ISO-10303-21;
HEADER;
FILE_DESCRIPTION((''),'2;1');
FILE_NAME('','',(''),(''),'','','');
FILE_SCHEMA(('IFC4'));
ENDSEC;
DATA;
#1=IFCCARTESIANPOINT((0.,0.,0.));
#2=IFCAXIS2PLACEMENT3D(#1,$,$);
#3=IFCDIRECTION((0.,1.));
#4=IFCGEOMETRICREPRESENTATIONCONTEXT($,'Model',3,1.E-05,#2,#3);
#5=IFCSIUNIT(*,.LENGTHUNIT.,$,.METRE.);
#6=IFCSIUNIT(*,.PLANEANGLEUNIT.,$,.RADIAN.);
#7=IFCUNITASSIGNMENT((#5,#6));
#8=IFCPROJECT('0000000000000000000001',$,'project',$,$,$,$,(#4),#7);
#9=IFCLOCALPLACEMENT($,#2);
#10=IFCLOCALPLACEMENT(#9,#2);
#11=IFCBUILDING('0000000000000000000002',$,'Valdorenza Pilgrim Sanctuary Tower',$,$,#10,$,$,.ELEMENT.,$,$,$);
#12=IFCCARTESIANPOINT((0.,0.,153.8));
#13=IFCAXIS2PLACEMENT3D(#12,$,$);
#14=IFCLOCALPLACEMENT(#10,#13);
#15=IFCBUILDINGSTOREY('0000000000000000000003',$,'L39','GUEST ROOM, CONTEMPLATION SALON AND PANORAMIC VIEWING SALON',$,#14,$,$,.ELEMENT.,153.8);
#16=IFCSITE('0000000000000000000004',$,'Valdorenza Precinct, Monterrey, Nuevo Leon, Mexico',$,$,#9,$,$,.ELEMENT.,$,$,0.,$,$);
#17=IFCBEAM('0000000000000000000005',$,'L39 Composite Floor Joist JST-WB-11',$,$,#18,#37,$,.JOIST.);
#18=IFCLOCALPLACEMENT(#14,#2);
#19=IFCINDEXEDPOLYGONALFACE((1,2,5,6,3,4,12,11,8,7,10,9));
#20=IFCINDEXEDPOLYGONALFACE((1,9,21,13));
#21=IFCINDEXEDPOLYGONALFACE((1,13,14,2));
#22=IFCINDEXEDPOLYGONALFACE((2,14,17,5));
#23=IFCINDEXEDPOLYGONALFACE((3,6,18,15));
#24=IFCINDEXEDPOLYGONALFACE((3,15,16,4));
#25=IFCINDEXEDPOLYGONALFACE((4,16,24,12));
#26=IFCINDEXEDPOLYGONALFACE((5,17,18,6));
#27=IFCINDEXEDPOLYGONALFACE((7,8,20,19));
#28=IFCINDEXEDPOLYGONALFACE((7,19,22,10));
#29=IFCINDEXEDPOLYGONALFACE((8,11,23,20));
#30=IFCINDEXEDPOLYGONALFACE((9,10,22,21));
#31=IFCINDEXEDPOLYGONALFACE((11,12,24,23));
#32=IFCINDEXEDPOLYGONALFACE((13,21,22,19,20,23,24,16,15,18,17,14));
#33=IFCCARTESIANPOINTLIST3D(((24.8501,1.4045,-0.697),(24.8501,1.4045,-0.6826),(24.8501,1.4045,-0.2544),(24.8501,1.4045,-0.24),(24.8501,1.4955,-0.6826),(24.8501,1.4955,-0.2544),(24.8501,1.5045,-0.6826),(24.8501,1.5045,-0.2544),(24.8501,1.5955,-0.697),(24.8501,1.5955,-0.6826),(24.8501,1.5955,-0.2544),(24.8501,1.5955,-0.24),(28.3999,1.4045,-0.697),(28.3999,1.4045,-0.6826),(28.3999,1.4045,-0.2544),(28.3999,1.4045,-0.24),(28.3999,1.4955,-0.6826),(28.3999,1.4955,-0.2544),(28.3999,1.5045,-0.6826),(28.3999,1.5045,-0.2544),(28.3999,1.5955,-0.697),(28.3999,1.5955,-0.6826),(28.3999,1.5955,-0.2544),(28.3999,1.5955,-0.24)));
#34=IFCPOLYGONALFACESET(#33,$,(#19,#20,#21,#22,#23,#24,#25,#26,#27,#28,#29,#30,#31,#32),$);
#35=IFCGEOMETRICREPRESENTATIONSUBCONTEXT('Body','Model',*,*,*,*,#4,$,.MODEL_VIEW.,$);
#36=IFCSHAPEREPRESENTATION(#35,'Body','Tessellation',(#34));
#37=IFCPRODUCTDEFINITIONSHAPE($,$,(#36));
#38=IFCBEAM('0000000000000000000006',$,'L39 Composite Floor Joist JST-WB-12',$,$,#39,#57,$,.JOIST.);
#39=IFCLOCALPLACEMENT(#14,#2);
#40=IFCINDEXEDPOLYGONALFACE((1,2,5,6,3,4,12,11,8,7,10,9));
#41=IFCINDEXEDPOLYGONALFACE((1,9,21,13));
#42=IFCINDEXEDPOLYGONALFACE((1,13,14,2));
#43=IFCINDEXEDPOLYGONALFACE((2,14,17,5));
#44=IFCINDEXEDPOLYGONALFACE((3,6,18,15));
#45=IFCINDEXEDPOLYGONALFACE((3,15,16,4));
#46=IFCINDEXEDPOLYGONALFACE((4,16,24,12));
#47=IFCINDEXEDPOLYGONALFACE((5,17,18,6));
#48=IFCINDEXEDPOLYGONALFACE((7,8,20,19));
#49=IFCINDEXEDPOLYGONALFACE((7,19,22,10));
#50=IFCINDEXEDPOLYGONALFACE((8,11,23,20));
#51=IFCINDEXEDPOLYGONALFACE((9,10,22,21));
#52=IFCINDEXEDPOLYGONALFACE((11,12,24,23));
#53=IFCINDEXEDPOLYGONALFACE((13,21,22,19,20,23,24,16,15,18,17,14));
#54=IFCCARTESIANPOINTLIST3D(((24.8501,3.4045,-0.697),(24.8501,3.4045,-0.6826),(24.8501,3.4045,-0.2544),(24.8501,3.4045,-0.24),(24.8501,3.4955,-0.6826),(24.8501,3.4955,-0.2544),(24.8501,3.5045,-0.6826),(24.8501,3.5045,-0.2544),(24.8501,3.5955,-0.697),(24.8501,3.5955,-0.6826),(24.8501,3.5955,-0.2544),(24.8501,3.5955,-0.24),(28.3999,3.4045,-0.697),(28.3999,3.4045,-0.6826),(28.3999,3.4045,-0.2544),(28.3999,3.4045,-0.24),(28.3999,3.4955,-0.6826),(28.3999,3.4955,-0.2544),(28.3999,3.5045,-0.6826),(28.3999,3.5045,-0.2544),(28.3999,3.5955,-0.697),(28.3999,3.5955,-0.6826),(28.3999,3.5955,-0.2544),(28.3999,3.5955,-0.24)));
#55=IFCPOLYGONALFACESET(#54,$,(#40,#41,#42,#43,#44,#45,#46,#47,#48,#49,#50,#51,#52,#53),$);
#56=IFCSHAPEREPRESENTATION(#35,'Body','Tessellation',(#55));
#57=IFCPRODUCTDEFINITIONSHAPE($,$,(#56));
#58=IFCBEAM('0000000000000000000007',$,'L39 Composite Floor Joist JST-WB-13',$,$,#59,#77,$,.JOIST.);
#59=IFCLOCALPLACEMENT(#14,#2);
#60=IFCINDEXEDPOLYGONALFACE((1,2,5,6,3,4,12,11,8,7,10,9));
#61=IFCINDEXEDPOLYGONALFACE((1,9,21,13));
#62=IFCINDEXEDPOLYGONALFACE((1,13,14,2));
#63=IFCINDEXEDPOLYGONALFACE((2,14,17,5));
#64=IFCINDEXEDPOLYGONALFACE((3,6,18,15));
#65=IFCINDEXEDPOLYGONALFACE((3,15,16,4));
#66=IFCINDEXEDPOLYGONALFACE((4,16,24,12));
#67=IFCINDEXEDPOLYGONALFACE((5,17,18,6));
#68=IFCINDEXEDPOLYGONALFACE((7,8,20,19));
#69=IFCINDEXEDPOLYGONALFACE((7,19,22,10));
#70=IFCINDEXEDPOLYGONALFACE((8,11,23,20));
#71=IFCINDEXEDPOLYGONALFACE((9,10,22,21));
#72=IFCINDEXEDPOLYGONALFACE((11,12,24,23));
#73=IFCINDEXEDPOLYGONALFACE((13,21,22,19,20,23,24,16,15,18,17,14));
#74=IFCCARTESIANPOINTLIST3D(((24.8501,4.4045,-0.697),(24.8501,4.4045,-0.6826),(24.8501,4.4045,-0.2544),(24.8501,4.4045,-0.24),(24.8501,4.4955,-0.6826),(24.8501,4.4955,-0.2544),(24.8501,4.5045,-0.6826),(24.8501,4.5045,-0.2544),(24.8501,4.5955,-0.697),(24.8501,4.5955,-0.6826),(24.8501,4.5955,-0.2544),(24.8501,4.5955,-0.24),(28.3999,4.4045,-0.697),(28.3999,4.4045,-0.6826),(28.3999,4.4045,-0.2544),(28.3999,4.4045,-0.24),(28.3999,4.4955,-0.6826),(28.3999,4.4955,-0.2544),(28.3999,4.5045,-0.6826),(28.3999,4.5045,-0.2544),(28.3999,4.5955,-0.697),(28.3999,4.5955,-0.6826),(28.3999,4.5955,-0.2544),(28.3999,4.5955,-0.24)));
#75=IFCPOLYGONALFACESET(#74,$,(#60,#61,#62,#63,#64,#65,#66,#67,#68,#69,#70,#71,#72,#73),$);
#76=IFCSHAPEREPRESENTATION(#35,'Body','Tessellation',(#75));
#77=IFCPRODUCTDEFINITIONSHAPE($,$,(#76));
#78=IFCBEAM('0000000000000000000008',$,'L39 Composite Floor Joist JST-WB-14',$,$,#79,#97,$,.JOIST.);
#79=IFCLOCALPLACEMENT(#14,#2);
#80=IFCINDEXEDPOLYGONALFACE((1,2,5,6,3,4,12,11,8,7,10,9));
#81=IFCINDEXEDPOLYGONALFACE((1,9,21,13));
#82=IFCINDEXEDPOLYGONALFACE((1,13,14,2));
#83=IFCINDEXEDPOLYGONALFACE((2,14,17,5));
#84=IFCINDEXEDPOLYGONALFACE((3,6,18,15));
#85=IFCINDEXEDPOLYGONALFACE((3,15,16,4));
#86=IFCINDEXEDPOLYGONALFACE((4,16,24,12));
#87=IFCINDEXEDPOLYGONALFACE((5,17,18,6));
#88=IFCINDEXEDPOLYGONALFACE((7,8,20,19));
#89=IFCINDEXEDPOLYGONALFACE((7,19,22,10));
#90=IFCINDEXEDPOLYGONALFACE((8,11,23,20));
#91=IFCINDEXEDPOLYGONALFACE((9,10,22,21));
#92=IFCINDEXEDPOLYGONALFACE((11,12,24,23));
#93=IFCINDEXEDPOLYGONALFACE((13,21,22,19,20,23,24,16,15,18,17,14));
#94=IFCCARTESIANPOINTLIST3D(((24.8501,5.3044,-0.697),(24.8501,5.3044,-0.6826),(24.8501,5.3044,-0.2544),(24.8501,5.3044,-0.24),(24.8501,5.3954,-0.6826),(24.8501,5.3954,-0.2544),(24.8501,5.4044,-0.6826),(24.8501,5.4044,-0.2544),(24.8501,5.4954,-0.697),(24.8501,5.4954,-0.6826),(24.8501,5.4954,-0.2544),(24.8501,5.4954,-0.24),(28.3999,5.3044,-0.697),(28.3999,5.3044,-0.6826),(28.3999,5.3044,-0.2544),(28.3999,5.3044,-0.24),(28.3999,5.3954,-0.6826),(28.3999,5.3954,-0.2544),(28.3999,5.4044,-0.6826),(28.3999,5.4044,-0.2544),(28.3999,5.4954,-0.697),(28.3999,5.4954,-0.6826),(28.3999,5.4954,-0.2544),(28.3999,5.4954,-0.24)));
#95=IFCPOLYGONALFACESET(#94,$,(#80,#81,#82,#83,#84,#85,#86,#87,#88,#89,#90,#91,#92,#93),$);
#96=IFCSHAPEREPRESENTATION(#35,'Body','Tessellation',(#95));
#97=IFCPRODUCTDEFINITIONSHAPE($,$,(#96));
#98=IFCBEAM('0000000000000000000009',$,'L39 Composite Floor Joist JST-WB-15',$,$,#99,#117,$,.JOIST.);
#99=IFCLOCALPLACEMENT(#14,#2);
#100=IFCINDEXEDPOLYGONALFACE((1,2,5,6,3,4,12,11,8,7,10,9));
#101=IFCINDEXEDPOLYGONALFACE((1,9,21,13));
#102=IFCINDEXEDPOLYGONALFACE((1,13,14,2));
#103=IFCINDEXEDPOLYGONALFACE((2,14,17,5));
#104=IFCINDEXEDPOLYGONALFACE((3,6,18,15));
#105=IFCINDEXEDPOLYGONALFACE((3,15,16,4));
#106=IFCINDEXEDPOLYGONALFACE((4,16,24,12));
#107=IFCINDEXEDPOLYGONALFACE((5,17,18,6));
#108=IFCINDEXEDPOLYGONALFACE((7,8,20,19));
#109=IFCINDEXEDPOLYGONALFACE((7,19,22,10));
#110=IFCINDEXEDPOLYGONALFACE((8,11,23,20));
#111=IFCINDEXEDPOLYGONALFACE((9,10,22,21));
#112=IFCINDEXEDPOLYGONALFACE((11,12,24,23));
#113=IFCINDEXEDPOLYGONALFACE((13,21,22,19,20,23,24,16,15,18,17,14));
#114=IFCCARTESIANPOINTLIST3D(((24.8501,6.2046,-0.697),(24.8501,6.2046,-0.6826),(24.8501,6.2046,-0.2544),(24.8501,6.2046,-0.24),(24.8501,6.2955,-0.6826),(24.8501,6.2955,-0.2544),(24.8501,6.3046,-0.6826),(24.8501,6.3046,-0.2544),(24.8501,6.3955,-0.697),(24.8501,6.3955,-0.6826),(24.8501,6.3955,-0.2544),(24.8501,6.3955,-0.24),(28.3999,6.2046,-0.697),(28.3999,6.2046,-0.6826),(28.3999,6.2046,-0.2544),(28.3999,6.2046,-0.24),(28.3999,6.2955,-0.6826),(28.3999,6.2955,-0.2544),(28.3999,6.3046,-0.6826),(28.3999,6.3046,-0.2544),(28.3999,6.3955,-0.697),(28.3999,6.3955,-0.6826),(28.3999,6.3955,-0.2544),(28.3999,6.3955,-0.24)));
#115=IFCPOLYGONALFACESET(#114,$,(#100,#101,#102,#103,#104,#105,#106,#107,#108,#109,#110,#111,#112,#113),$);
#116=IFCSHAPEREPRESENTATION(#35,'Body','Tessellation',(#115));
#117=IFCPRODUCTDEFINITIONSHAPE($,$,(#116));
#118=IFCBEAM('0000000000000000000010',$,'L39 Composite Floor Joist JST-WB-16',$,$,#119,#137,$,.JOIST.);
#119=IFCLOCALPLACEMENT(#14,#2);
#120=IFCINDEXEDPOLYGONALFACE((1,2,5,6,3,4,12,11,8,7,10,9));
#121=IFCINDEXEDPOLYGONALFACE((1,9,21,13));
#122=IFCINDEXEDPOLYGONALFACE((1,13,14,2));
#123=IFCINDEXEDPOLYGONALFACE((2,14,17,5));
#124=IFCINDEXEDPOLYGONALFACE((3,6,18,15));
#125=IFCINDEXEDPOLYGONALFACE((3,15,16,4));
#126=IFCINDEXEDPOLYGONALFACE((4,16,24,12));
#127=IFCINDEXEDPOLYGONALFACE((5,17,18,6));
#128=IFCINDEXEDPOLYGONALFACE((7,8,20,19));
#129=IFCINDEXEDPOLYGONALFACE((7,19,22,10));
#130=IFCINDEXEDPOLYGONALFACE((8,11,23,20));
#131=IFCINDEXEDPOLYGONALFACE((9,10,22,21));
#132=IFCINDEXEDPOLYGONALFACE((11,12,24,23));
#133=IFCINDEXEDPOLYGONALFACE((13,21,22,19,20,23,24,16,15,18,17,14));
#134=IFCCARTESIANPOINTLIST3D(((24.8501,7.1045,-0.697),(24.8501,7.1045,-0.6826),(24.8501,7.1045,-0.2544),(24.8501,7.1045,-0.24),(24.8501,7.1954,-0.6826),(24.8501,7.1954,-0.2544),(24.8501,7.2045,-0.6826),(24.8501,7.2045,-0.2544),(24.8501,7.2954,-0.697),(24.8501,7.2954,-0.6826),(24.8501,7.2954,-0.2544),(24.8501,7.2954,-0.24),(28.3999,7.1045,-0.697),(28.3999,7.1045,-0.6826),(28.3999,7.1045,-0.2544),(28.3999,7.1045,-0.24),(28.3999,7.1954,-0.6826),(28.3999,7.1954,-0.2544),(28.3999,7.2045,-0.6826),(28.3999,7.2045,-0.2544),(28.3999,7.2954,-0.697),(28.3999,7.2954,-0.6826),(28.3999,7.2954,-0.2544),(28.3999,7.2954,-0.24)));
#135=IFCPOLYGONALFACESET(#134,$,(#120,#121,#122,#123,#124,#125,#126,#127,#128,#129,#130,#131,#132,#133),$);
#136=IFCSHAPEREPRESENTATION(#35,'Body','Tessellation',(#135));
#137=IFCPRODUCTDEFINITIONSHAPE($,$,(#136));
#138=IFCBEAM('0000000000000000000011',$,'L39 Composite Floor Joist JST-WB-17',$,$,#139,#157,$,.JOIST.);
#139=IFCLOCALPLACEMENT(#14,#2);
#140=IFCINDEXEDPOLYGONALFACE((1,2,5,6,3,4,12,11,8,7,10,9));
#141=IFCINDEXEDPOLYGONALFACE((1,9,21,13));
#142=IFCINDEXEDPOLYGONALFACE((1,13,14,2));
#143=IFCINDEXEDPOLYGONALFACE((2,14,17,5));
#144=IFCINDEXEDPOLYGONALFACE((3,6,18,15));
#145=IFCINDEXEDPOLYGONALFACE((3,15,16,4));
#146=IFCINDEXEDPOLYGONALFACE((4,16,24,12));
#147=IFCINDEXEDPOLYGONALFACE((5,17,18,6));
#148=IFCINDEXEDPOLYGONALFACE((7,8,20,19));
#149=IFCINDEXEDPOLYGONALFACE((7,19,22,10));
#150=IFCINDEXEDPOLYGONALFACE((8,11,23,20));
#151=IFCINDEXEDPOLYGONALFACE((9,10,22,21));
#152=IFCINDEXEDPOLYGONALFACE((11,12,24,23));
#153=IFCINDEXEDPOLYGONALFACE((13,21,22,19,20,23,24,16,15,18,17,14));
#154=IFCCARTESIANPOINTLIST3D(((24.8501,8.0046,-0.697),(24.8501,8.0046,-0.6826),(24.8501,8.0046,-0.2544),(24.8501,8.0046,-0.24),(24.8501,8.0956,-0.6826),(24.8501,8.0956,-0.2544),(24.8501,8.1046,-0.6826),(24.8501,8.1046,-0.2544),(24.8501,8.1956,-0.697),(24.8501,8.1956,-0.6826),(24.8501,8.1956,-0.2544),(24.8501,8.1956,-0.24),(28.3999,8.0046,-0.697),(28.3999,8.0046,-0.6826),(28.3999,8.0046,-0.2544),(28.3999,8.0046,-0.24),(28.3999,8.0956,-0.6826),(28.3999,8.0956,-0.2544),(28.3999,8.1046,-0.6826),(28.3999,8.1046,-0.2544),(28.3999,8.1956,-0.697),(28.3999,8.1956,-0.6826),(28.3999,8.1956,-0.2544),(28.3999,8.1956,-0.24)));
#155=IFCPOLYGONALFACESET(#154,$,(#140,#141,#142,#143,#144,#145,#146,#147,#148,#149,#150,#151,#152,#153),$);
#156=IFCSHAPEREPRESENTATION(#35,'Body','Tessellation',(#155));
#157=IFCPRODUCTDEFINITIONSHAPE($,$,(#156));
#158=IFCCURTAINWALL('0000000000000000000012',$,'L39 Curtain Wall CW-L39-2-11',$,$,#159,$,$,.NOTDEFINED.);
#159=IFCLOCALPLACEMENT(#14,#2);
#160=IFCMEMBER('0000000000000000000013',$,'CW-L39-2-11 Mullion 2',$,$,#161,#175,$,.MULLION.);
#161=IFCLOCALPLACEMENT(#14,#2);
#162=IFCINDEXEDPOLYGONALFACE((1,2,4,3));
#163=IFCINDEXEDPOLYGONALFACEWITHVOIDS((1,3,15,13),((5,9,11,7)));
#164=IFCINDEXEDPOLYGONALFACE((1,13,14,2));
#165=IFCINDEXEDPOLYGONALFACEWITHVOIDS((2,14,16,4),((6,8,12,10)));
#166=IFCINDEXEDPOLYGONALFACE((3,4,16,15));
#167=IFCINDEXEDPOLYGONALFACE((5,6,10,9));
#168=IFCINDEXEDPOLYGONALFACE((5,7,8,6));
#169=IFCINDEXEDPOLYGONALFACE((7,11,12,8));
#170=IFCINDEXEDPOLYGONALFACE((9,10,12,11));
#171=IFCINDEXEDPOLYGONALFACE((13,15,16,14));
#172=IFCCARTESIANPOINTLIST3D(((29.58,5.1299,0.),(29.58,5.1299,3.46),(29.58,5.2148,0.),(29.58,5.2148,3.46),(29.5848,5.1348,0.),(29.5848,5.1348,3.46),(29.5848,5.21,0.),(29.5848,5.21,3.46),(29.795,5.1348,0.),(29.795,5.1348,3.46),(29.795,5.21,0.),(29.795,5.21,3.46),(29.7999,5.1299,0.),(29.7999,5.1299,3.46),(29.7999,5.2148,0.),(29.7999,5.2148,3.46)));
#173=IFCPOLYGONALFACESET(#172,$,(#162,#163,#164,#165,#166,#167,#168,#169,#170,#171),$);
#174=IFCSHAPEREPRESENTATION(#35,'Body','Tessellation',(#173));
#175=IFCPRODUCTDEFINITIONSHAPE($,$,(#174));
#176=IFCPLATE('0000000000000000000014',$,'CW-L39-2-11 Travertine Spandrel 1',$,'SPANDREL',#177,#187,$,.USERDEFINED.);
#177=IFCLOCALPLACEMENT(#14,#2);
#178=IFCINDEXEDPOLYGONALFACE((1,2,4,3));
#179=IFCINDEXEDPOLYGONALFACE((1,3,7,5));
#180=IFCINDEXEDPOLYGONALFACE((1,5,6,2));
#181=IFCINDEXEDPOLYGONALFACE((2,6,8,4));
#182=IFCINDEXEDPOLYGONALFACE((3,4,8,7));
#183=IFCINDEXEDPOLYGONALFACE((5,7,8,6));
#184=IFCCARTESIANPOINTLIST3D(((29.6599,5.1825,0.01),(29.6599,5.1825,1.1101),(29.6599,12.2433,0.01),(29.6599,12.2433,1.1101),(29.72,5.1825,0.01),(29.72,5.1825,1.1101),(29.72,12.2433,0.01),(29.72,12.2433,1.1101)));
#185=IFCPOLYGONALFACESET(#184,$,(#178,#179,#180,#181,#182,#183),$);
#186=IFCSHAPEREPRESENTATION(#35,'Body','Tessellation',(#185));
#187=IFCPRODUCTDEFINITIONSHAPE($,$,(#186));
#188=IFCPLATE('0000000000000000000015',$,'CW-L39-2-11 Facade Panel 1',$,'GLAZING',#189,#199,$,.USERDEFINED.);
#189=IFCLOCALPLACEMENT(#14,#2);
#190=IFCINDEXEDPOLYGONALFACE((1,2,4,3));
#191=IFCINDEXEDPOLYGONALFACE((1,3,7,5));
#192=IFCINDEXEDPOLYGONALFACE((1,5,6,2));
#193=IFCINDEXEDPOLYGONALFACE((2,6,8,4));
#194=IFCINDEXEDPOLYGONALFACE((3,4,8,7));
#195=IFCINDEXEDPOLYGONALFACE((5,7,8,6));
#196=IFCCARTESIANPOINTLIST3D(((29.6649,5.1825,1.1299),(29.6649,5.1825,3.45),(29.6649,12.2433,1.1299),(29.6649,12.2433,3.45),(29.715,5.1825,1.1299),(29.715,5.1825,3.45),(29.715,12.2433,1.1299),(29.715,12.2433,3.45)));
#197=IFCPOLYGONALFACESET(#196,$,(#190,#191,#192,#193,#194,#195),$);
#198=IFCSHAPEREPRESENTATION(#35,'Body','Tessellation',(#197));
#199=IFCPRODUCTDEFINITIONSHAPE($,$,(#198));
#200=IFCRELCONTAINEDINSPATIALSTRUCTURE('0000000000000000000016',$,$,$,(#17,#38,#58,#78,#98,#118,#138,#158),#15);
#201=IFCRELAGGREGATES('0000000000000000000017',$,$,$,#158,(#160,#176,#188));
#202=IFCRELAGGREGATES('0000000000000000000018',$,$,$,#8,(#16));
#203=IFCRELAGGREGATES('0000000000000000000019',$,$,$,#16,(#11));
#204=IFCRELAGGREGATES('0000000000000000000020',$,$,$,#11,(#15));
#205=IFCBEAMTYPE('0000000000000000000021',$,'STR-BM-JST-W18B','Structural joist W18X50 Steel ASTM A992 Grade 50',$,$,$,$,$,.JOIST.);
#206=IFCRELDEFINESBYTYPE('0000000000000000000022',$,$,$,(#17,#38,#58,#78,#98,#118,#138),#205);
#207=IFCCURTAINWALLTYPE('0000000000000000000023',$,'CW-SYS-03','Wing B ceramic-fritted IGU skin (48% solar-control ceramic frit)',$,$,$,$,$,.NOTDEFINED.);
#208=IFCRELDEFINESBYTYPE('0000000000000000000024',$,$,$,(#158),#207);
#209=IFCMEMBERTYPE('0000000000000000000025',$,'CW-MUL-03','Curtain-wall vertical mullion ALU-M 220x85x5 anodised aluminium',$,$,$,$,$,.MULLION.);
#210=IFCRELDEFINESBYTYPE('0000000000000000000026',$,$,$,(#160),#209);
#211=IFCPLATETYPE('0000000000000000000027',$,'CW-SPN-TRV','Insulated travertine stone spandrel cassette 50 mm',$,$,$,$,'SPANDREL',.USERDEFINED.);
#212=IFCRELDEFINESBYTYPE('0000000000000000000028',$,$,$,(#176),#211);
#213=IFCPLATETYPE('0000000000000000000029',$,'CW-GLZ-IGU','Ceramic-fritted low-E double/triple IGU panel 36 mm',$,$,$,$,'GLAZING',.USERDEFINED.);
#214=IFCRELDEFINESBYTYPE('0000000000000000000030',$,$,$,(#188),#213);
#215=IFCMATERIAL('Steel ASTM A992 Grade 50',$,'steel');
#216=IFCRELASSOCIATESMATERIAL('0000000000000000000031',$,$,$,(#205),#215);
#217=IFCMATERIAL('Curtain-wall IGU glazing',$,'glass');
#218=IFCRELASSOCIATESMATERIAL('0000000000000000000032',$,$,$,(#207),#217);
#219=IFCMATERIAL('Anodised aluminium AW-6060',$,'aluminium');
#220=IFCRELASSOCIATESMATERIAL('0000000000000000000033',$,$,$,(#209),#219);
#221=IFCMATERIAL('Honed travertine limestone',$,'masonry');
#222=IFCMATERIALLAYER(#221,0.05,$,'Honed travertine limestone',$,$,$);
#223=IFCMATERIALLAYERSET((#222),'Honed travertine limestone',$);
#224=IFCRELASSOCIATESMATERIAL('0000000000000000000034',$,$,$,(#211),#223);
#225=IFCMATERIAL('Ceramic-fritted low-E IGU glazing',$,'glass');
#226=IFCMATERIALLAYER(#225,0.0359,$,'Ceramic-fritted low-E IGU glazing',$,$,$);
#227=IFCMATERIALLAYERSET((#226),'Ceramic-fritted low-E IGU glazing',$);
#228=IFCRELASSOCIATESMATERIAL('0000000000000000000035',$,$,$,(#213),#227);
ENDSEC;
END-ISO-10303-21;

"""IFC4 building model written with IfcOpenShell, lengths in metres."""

from ifc_helpers import new_model, si_unit, direction, frame, origin, origin_2d, place, context, subcontext, project, spatial, rectangle, hollow_rectangle, i_section, extrude, source, transform, mapped, material, layer, layer_set, material_profile, profile_set, type_object, element, aggregate, save


model = new_model("IFC4")

# Units and contexts
model_context = context("Model", 3, precision=1e-05, world=origin(), true_north=direction((0.0, 1.0)))
body_context = subcontext(model_context, "Body", "Model", "MODEL_VIEW")
ifc_project = project(units=[si_unit("LENGTHUNIT", "METRE"), si_unit("PLANEANGLEUNIT", "RADIAN")], contexts=[model_context])

# Site, building, storey
site_placement = place(None, origin())
site = spatial("IfcSite", under=ifc_project, at=site_placement, Name="Valdorenza Precinct, Monterrey, Nuevo Leon, Mexico", CompositionType="ELEMENT", RefElevation=0.0)
building_placement = place(site_placement, origin())
building = spatial("IfcBuilding", under=site, at=building_placement, Name="Valdorenza Pilgrim Sanctuary Tower", CompositionType="ELEMENT")
storey_placement = place(building_placement, frame((0.0, 0.0, 153.8)))
storey = spatial("IfcBuildingStorey", under=building, at=storey_placement, Name="L39", Description="GUEST ROOM, CONTEMPLATION SALON AND PANORAMIC VIEWING SALON", CompositionType="ELEMENT", Elevation=153.8)

# Beams
ifc_material_1 = material(Name="Steel ASTM A992 Grade 50", Category="steel")
ifc_material_profile_1 = material_profile(ifc_material_1, i_section(OverallWidth=0.1909, OverallDepth=0.457, WebThickness=0.009, FlangeThickness=0.0144, at=origin_2d()), Name="W18X50")
ifc_profile_set_1 = profile_set([ifc_material_profile_1], Name="Steel ASTM A992 Grade 50")
beam_type = type_object("IfcBeamType", Name="STR-BM-JST-W18B", Description="Structural joist W18X50 Steel ASTM A992 Grade 50", PredefinedType="JOIST", material=ifc_profile_set_1)
shared_shape_1 = source(origin(), body_context, "Body", "SweptSolid", [
    extrude(i_section(OverallWidth=0.1909, OverallDepth=0.457, WebThickness=0.009, FlangeThickness=0.0144, at=origin_2d()), origin(), (0.0, 0.0, 1.0), 3.5498),
])
for number, where, z_axis, x_axis, name in (
    (1, (24.8501, 1.5, -0.4685), (1.0, 0.0, 0.0), (0.0, 1.0, 0.0), "L39 Composite Floor Joist JST-WB-11"),
    (2, (24.8501, 3.5, -0.4685), (1.0, 0.0, 0.0), (0.0, 1.0, 0.0), "L39 Composite Floor Joist JST-WB-12"),
    (3, (24.8501, 4.5, -0.4685), (1.0, 0.0, 0.0), (0.0, 1.0, 0.0), "L39 Composite Floor Joist JST-WB-13"),
    (4, (24.8501, 5.3999, -0.4685), (1.0, 0.0, 0.0), (0.0, 1.0, 0.0), "L39 Composite Floor Joist JST-WB-14"),
    (5, (24.8501, 6.3, -0.4685), (1.0, 0.0, 0.0), (0.0, 1.0, 0.0), "L39 Composite Floor Joist JST-WB-15"),
    (6, (24.8501, 7.2, -0.4685), (1.0, 0.0, 0.0), (0.0, 1.0, 0.0), "L39 Composite Floor Joist JST-WB-16"),
    (7, (24.8501, 8.1001, -0.4685), (1.0, 0.0, 0.0), (0.0, 1.0, 0.0), "L39 Composite Floor Joist JST-WB-17"),
):
    element("IfcBeam", number, at=place(storey_placement, frame(where, z_axis=z_axis, x_axis=x_axis)), inside=storey, type_object=beam_type, Name=name, PredefinedType="JOIST", context=body_context, shape_type="MappedRepresentation", body=[
        mapped(shared_shape_1, transform((0.0, 0.0, 0.0), x_axis=(1.0, 0.0, 0.0), y_axis=(0.0, 1.0, 0.0), z_axis=(0.0, 0.0, 1.0), scale=1.0)),
    ])

# Curtain wall, member, plates
ifc_material_2 = material(Name="Curtain-wall IGU glazing", Category="glass")
curtain_wall_type = type_object("IfcCurtainWallType", Name="CW-SYS-03", Description="Wing B ceramic-fritted IGU skin (48% solar-control ceramic frit)", PredefinedType="NOTDEFINED", material=ifc_material_2)
curtain_wall_placement = place(storey_placement, origin())
curtain_wall = element("IfcCurtainWall", 8, at=curtain_wall_placement, inside=storey, type_object=curtain_wall_type, Name="L39 Curtain Wall CW-L39-2-11", PredefinedType="NOTDEFINED")
ifc_material_3 = material(Name="Anodised aluminium AW-6060", Category="aluminium")
ifc_material_profile_2 = material_profile(ifc_material_3, hollow_rectangle(XDim=0.085, YDim=0.22, WallThickness=0.0049, at=origin_2d()), Name="ALU-M 220x85x5")
ifc_profile_set_2 = profile_set([ifc_material_profile_2], Name="Anodised aluminium AW-6060")
member_type = type_object("IfcMemberType", Name="CW-MUL-03", Description="Curtain-wall vertical mullion ALU-M 220x85x5 anodised aluminium", PredefinedType="MULLION", material=ifc_profile_set_2)
shared_shape_2 = source(origin(), body_context, "Body", "SweptSolid", [
    extrude(hollow_rectangle(XDim=0.085, YDim=0.22, WallThickness=0.0049, at=origin_2d()), origin(), (0.0, 0.0, 1.0), 3.46),
])
member_placement = place(storey_placement, frame((29.6899, 5.1724, 0.0), z_axis=(0.0, 0.0, 1.0), x_axis=(0.0, -1.0, 0.0)))
member = element("IfcMember", 9, at=member_placement, type_object=member_type, Name="CW-L39-2-11 Mullion 2", PredefinedType="MULLION", context=body_context, shape_type="MappedRepresentation", body=[
    mapped(shared_shape_2, transform((0.0, 0.0, 0.0), x_axis=(1.0, 0.0, 0.0), y_axis=(0.0, 1.0, 0.0), z_axis=(0.0, 0.0, 1.0), scale=1.0)),
])
ifc_material_4 = material(Name="Honed travertine limestone", Category="masonry")
ifc_layer_1 = layer(ifc_material_4, 0.05, Name="Honed travertine limestone")
ifc_layer_set_1 = layer_set([ifc_layer_1], Name="Honed travertine limestone")
plate_type_1 = type_object("IfcPlateType", Name="CW-SPN-TRV", Description="Insulated travertine stone spandrel cassette 50 mm", ElementType="SPANDREL", PredefinedType="USERDEFINED", material=ifc_layer_set_1)
shared_shape_3 = source(origin(), body_context, "Body", "SweptSolid", [
    extrude(rectangle(XDim=7.0608, YDim=0.0601, at=origin_2d()), origin(), (0.0, 0.0, 1.0), 1.1001),
])
plate_1_placement = place(storey_placement, frame((29.6899, 8.7129, 0.01), z_axis=(0.0, 0.0, 1.0), x_axis=(0.0, -1.0, 0.0)))
plate_1 = element("IfcPlate", 10, at=plate_1_placement, type_object=plate_type_1, Name="CW-L39-2-11 Travertine Spandrel 1", ObjectType="SPANDREL", PredefinedType="USERDEFINED", context=body_context, shape_type="MappedRepresentation", body=[
    mapped(shared_shape_3, transform((0.0, 0.0, 0.0), x_axis=(1.0, 0.0, 0.0), y_axis=(0.0, 1.0, 0.0), z_axis=(0.0, 0.0, 1.0), scale=1.0)),
])
ifc_material_5 = material(Name="Ceramic-fritted low-E IGU glazing", Category="glass")
ifc_layer_2 = layer(ifc_material_5, 0.0359, Name="Ceramic-fritted low-E IGU glazing")
ifc_layer_set_2 = layer_set([ifc_layer_2], Name="Ceramic-fritted low-E IGU glazing")
plate_type_2 = type_object("IfcPlateType", Name="CW-GLZ-IGU", Description="Ceramic-fritted low-E double/triple IGU panel 36 mm", ElementType="GLAZING", PredefinedType="USERDEFINED", material=ifc_layer_set_2)
shared_shape_4 = source(origin(), body_context, "Body", "SweptSolid", [
    extrude(rectangle(XDim=7.0608, YDim=0.05, at=origin_2d()), origin(), (0.0, 0.0, 1.0), 2.3201),
])
plate_2_placement = place(storey_placement, frame((29.6899, 8.7129, 1.1299), z_axis=(0.0, 0.0, 1.0), x_axis=(0.0, -1.0, 0.0)))
plate_2 = element("IfcPlate", 11, at=plate_2_placement, type_object=plate_type_2, Name="CW-L39-2-11 Facade Panel 1", ObjectType="GLAZING", PredefinedType="USERDEFINED", context=body_context, shape_type="MappedRepresentation", body=[
    mapped(shared_shape_4, transform((0.0, 0.0, 0.0), x_axis=(1.0, 0.0, 0.0), y_axis=(0.0, 1.0, 0.0), z_axis=(0.0, 0.0, 1.0), scale=1.0)),
])
aggregate(curtain_wall, [member, plate_1, plate_2])

save(model, "model.ifc")
